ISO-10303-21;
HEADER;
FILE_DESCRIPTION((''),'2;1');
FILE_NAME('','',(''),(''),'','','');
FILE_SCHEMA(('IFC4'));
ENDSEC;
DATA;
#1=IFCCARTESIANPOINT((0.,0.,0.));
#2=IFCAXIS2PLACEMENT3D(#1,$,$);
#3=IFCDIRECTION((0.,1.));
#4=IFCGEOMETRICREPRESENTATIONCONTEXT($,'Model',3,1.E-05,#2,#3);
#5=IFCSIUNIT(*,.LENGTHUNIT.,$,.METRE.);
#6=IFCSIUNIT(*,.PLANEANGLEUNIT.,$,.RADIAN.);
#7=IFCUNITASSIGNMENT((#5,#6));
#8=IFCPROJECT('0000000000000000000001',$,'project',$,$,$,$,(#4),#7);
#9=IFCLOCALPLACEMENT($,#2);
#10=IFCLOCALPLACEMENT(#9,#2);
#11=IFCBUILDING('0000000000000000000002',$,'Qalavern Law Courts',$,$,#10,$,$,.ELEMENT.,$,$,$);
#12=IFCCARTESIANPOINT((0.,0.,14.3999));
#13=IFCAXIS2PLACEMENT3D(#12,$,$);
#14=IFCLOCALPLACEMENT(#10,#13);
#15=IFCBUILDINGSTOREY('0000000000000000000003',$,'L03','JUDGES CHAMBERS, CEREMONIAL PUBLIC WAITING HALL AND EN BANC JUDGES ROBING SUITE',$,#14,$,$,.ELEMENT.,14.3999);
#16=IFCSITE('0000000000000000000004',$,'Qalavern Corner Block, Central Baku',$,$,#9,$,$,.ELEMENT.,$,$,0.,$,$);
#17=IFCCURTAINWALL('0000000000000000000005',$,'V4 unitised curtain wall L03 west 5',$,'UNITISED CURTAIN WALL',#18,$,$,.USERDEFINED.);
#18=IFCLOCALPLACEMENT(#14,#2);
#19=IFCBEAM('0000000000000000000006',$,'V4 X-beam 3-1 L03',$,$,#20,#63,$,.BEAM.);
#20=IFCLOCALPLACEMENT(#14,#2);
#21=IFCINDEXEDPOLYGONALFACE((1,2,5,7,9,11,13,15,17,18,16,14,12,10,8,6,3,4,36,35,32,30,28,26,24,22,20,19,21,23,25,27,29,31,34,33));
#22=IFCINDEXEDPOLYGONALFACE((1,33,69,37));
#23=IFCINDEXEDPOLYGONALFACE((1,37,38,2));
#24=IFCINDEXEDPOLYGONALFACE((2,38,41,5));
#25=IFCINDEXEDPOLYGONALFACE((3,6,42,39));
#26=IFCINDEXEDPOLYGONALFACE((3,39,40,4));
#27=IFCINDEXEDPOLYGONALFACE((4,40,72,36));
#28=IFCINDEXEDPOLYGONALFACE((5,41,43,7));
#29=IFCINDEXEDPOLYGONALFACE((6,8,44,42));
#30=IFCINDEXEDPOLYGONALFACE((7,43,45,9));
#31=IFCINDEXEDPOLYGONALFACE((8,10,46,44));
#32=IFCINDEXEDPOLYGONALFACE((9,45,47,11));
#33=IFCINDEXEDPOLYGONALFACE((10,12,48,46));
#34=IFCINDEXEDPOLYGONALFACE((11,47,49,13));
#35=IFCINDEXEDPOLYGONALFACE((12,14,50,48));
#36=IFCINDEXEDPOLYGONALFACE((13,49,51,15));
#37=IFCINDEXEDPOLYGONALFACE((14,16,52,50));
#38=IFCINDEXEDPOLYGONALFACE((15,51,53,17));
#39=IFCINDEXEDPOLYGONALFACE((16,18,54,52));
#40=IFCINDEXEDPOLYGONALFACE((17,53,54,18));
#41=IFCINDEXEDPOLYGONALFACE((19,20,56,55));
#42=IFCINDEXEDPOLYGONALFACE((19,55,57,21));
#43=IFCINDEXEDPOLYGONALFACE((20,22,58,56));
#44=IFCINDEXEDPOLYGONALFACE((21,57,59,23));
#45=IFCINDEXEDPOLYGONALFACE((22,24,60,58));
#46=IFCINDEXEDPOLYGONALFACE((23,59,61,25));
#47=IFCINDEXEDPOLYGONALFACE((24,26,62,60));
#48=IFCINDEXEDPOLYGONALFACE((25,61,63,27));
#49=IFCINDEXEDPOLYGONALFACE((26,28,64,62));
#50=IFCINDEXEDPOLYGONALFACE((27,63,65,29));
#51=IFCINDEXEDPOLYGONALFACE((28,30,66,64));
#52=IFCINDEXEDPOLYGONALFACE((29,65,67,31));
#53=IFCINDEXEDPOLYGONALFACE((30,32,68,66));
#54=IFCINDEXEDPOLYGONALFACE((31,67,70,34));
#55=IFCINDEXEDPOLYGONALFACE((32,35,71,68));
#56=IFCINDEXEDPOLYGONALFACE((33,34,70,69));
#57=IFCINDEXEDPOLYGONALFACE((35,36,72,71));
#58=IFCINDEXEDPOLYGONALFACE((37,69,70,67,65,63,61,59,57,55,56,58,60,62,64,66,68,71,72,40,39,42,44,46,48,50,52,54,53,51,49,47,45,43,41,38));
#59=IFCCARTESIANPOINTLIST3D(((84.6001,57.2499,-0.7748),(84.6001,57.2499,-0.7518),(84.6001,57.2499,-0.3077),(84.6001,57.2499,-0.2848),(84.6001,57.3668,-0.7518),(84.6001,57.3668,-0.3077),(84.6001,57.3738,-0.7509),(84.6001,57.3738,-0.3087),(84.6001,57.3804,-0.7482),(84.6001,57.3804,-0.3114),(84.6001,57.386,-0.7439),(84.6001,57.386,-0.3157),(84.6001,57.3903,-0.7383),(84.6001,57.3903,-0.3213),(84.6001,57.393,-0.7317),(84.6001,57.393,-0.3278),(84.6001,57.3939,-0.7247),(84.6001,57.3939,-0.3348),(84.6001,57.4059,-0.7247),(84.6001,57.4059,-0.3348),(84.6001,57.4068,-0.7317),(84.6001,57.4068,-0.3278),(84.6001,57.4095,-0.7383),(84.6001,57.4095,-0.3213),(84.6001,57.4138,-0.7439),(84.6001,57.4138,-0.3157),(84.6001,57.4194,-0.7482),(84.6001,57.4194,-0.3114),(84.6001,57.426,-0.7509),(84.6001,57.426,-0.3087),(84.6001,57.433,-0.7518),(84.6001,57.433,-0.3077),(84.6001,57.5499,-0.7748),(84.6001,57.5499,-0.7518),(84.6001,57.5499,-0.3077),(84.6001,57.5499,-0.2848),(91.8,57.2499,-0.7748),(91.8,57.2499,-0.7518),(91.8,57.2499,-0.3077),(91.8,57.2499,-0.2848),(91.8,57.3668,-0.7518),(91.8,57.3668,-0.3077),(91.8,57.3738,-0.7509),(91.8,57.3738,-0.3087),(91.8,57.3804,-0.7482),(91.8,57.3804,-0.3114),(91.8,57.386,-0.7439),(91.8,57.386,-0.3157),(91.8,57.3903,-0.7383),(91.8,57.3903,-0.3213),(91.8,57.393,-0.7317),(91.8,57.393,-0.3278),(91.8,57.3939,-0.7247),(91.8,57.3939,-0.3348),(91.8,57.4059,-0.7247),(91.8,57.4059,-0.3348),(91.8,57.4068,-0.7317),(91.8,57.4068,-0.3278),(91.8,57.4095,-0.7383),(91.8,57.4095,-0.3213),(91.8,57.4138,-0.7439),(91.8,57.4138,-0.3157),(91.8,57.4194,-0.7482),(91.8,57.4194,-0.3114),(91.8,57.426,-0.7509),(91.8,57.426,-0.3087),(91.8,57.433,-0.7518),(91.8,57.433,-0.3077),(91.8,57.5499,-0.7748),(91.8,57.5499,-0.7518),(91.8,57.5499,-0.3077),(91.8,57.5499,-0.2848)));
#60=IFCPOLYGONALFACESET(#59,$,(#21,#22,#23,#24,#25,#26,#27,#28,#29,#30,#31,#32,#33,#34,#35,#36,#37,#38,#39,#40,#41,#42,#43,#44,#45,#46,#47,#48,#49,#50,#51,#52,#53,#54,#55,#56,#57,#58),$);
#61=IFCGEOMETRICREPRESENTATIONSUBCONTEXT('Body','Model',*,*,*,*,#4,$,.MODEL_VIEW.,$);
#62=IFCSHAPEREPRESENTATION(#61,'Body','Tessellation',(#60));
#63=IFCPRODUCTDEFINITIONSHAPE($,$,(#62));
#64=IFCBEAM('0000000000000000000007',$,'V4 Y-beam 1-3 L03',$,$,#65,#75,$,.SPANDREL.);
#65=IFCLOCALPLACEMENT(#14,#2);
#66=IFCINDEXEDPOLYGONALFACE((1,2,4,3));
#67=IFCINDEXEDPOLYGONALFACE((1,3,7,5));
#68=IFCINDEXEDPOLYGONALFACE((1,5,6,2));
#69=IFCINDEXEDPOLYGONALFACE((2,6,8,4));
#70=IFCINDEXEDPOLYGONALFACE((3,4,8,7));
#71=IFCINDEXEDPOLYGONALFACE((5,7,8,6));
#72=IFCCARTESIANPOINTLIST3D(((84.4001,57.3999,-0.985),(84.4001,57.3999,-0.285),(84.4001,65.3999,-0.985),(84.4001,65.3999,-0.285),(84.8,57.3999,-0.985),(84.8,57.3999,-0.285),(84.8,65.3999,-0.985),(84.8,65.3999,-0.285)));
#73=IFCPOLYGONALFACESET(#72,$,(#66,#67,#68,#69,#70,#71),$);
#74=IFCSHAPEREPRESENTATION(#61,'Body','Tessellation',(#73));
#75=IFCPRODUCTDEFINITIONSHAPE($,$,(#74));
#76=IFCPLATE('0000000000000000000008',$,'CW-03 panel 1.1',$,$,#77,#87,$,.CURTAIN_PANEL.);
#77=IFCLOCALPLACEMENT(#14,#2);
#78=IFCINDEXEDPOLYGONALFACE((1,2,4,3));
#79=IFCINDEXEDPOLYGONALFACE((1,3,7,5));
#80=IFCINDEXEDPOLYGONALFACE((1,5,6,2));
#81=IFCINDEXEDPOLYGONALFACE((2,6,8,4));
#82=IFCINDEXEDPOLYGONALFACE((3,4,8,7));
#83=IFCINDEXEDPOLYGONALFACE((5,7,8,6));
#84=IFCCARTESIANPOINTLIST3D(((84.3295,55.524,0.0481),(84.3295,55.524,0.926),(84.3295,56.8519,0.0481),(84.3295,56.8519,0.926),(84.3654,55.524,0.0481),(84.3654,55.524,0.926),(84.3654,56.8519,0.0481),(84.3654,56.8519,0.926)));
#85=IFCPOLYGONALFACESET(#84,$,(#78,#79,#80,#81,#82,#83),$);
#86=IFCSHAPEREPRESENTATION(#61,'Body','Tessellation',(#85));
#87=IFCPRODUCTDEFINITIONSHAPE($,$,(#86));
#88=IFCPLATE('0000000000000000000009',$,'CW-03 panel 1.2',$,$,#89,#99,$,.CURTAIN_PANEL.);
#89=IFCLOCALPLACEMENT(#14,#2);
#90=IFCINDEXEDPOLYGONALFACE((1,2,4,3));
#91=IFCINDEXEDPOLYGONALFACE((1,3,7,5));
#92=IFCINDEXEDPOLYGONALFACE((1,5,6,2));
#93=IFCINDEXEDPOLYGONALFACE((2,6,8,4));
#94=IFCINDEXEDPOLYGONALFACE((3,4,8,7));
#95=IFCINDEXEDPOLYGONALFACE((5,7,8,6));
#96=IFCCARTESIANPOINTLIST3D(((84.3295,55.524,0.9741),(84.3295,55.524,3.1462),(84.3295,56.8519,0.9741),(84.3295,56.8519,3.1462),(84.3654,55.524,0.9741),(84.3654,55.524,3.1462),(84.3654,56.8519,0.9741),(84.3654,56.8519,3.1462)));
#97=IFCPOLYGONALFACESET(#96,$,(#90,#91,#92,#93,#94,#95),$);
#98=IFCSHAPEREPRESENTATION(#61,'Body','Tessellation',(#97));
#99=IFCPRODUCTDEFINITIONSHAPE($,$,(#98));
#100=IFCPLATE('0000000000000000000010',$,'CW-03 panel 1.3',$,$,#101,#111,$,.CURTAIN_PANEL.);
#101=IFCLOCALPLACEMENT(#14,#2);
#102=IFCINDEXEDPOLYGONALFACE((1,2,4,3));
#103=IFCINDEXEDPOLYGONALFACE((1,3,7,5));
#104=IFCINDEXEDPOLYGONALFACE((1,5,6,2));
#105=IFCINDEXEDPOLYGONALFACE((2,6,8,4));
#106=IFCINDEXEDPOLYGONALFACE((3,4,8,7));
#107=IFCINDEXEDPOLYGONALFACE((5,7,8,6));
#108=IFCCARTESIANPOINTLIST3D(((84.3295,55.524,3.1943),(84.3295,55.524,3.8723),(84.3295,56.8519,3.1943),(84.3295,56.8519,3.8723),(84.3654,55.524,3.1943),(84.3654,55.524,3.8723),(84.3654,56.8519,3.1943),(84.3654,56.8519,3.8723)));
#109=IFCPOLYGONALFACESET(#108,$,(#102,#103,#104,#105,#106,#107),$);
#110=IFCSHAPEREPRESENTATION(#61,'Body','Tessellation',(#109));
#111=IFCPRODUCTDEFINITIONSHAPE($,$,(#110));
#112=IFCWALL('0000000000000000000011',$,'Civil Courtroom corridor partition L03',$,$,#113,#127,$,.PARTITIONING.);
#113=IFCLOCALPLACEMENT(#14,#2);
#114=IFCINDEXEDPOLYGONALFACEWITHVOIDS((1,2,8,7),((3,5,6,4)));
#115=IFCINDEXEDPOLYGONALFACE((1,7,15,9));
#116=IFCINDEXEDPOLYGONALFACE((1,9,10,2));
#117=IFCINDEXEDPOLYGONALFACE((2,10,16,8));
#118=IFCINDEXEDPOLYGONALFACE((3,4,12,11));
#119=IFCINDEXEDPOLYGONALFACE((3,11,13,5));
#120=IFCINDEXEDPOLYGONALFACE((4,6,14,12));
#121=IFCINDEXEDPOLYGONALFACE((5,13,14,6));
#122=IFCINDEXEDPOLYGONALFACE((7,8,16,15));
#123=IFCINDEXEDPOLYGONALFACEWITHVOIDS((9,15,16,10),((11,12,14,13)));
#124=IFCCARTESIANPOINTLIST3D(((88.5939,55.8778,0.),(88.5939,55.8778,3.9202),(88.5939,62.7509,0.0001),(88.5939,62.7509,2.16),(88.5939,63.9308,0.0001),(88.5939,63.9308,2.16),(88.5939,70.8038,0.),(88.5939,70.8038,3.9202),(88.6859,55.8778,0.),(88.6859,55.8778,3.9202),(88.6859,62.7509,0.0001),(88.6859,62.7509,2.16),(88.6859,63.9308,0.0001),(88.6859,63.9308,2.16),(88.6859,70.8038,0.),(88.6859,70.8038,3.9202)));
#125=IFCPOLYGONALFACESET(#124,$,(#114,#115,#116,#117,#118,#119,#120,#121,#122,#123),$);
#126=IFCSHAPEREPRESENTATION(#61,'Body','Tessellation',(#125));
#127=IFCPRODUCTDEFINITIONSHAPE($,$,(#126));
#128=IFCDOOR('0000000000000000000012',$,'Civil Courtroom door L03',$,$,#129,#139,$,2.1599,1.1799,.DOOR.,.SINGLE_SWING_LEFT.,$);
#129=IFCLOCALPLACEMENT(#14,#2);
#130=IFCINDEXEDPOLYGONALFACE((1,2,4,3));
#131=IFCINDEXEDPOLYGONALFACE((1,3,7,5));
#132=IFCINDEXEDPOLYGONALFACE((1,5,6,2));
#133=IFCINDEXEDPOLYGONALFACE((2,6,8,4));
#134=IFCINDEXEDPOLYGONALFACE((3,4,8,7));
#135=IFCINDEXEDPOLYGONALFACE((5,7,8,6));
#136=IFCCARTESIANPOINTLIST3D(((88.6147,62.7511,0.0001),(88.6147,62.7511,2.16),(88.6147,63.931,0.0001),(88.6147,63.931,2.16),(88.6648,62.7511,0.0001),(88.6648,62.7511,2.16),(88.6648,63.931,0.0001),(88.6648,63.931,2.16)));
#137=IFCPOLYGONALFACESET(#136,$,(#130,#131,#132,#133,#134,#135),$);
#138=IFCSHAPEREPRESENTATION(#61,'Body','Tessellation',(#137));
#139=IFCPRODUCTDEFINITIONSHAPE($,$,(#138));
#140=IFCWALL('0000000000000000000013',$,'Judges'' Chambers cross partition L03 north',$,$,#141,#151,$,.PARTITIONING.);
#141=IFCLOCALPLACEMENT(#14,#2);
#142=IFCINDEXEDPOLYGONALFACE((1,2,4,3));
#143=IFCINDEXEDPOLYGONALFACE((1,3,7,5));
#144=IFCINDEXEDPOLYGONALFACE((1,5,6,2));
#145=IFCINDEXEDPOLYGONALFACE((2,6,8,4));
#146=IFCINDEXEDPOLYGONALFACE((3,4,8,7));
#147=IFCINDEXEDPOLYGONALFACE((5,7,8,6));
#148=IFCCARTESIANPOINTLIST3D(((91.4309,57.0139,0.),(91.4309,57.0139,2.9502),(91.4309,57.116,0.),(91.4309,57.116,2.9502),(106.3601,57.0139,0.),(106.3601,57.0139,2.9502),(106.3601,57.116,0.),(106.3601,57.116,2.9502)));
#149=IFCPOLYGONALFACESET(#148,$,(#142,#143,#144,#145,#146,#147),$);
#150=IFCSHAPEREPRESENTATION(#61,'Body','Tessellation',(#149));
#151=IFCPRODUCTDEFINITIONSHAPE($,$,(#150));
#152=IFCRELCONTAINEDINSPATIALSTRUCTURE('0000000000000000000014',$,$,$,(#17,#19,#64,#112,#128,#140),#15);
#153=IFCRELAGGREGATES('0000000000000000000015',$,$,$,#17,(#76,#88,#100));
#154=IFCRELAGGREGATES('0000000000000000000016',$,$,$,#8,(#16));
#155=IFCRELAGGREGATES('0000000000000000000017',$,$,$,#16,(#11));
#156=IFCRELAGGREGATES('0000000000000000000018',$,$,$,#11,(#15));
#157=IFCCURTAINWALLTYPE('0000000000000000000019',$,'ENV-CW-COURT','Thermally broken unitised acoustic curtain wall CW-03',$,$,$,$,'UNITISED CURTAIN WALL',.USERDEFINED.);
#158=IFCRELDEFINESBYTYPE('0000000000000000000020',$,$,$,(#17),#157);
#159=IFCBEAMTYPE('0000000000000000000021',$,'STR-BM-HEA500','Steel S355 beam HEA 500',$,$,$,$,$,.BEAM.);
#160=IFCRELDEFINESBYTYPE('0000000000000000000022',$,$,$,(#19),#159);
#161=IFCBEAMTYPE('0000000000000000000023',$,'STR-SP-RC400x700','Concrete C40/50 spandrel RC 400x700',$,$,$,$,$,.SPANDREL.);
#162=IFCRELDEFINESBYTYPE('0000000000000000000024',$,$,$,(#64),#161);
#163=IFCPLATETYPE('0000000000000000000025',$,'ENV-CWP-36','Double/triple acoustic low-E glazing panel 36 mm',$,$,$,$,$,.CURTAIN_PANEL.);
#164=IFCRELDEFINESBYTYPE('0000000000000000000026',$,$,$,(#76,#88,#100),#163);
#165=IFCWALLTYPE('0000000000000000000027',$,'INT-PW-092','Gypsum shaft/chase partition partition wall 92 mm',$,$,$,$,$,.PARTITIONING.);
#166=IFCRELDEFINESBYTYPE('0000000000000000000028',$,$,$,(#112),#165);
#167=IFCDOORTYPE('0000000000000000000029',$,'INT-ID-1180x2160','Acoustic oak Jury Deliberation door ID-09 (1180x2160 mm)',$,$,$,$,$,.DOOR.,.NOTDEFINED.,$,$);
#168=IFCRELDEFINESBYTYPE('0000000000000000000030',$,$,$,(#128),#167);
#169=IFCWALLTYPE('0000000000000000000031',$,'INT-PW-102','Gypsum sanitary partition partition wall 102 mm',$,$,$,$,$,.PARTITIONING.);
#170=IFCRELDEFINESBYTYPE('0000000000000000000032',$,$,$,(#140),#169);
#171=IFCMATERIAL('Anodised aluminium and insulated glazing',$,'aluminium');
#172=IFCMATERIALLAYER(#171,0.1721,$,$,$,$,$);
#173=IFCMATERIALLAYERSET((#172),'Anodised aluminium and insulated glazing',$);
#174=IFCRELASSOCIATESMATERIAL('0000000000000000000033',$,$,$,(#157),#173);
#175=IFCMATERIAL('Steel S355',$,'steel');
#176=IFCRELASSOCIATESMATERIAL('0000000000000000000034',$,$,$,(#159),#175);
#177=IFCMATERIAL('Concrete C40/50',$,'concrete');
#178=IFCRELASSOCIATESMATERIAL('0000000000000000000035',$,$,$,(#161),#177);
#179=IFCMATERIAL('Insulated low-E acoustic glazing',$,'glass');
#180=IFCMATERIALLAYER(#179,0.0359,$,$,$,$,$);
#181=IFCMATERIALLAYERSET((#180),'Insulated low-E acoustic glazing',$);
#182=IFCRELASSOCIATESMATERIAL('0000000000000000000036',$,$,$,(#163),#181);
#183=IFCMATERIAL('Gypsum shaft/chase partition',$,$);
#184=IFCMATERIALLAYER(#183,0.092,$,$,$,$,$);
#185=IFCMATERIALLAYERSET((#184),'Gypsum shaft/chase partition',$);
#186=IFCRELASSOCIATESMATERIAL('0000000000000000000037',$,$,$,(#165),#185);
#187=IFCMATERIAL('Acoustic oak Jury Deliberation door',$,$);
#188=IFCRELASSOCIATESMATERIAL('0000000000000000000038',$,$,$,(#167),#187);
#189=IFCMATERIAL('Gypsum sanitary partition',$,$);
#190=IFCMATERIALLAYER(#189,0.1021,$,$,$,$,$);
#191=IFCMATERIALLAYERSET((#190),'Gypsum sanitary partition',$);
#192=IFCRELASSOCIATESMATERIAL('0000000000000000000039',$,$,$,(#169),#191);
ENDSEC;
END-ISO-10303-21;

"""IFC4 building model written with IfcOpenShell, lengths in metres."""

from ifc_helpers import new_model, si_unit, direction, frame, frame_2d, origin, origin_2d, place, context, subcontext, project, spatial, rectangle, i_section, extrude, material, layer, layer_set, material_profile, profile_set, type_object, element, fill, aggregate, save


model = new_model("IFC4")

# Units and contexts
model_context = context("Model", 3, precision=1e-05, world=origin(), true_north=direction((0.0, 1.0)))
body_context = subcontext(model_context, "Body", "Model", "MODEL_VIEW")
ifc_project = project(units=[si_unit("LENGTHUNIT", "METRE"), si_unit("PLANEANGLEUNIT", "RADIAN")], contexts=[model_context])

# Site, building, storey
site_placement = place(None, origin())
site = spatial("IfcSite", under=ifc_project, at=site_placement, Name="Qalavern Corner Block, Central Baku", CompositionType="ELEMENT", RefElevation=0.0)
building_placement = place(site_placement, origin())
building = spatial("IfcBuilding", under=site, at=building_placement, Name="Qalavern Law Courts", CompositionType="ELEMENT")
storey_placement = place(building_placement, frame((0.0, 0.0, 14.3999)))
storey = spatial("IfcBuildingStorey", under=building, at=storey_placement, Name="L03", Description="JUDGES CHAMBERS, CEREMONIAL PUBLIC WAITING HALL AND EN BANC JUDGES ROBING SUITE", CompositionType="ELEMENT", Elevation=14.3999)

# Curtain wall
ifc_material_1 = material(Name="Anodised aluminium and insulated glazing", Category="aluminium")
ifc_layer_1 = layer(ifc_material_1, 0.1721)
ifc_layer_set_1 = layer_set([ifc_layer_1], Name="Anodised aluminium and insulated glazing")
curtain_wall_type = type_object("IfcCurtainWallType", Name="ENV-CW-COURT", Description="Thermally broken unitised acoustic curtain wall CW-03", ElementType="UNITISED CURTAIN WALL", PredefinedType="USERDEFINED", material=ifc_layer_set_1)
curtain_wall_placement = place(storey_placement, origin())
curtain_wall = element("IfcCurtainWall", 1, at=curtain_wall_placement, inside=storey, type_object=curtain_wall_type, Name="V4 unitised curtain wall L03 west 5", ObjectType="UNITISED CURTAIN WALL", PredefinedType="USERDEFINED")

# Beams
ifc_material_2 = material(Name="Steel S355", Category="steel")
ifc_material_profile_1 = material_profile(ifc_material_2, i_section(OverallWidth=0.3, OverallDepth=0.49, WebThickness=0.012, FlangeThickness=0.0229, FilletRadius=0.0271, at=origin_2d()), Name="HEA 500")
ifc_profile_set_1 = profile_set([ifc_material_profile_1], Name="Steel S355")
beam_type_1 = type_object("IfcBeamType", Name="STR-BM-HEA500", Description="Steel S355 beam HEA 500", PredefinedType="BEAM", material=ifc_profile_set_1)
beam_1_placement = place(storey_placement, frame((84.6001, 57.3999, -0.5298), z_axis=(1.0, 0.0, 0.0), x_axis=(0.0, 1.0, 0.0)))
element("IfcBeam", 2, at=beam_1_placement, inside=storey, type_object=beam_type_1, Name="V4 X-beam 3-1 L03", PredefinedType="BEAM", context=body_context, shape_type="SweptSolid", body=[
    extrude(i_section(OverallWidth=0.3, OverallDepth=0.49, WebThickness=0.012, FlangeThickness=0.0229, FilletRadius=0.0271, at=origin_2d()), origin(), (0.0, 0.0, 1.0), 7.2),
])
ifc_material_3 = material(Name="Concrete C40/50", Category="concrete")
ifc_material_profile_2 = material_profile(ifc_material_3, rectangle(XDim=0.3999, YDim=0.7, at=origin_2d()), Name="RC 400x700")
ifc_profile_set_2 = profile_set([ifc_material_profile_2], Name="Concrete C40/50")
beam_type_2 = type_object("IfcBeamType", Name="STR-SP-RC400x700", Description="Concrete C40/50 spandrel RC 400x700", PredefinedType="SPANDREL", material=ifc_profile_set_2)
beam_2_placement = place(storey_placement, frame((84.6001, 57.3999, -0.635), z_axis=(0.0, 1.0, 0.0), x_axis=(-1.0, 0.0, 0.0)))
element("IfcBeam", 3, at=beam_2_placement, inside=storey, type_object=beam_type_2, Name="V4 Y-beam 1-3 L03", PredefinedType="SPANDREL", context=body_context, shape_type="SweptSolid", body=[
    extrude(rectangle(XDim=0.3999, YDim=0.7, at=origin_2d()), origin(), (0.0, 0.0, 1.0), 8.0),
])

# Plates
ifc_material_4 = material(Name="Insulated low-E acoustic glazing", Category="glass")
ifc_layer_2 = layer(ifc_material_4, 0.0359)
ifc_layer_set_2 = layer_set([ifc_layer_2], Name="Insulated low-E acoustic glazing")
plate_type = type_object("IfcPlateType", Name="ENV-CWP-36", Description="Double/triple acoustic low-E glazing panel 36 mm", PredefinedType="CURTAIN_PANEL", material=ifc_layer_set_2)
plate_1_placement = place(storey_placement, frame((84.3474, 56.188, 0.0481), z_axis=(0.0, 0.0, 1.0), x_axis=(0.0, -1.0, 0.0)))
plate_1 = element("IfcPlate", 4, at=plate_1_placement, type_object=plate_type, Name="CW-03 panel 1.1", PredefinedType="CURTAIN_PANEL", context=body_context, shape_type="SweptSolid", body=[
    extrude(rectangle(XDim=1.3279, YDim=0.0359, at=origin_2d()), origin(), (0.0, 0.0, 1.0), 0.8779),
])
plate_2_placement = place(storey_placement, frame((84.3474, 56.188, 0.9741), z_axis=(0.0, 0.0, 1.0), x_axis=(0.0, -1.0, 0.0)))
plate_2 = element("IfcPlate", 5, at=plate_2_placement, type_object=plate_type, Name="CW-03 panel 1.2", PredefinedType="CURTAIN_PANEL", context=body_context, shape_type="SweptSolid", body=[
    extrude(rectangle(XDim=1.3279, YDim=0.0359, at=origin_2d()), origin(), (0.0, 0.0, 1.0), 2.1721),
])
plate_3_placement = place(storey_placement, frame((84.3474, 56.188, 3.1943), z_axis=(0.0, 0.0, 1.0), x_axis=(0.0, -1.0, 0.0)))
plate_3 = element("IfcPlate", 6, at=plate_3_placement, type_object=plate_type, Name="CW-03 panel 1.3", PredefinedType="CURTAIN_PANEL", context=body_context, shape_type="SweptSolid", body=[
    extrude(rectangle(XDim=1.3279, YDim=0.0359, at=origin_2d()), origin(), (0.0, 0.0, 1.0), 0.678),
])
aggregate(curtain_wall, [plate_1, plate_2, plate_3])

# Wall, opening, door
ifc_material_5 = material(Name="Gypsum shaft/chase partition")
ifc_layer_3 = layer(ifc_material_5, 0.092)
ifc_layer_set_3 = layer_set([ifc_layer_3], Name="Gypsum shaft/chase partition")
wall_type_1 = type_object("IfcWallType", Name="INT-PW-092", Description="Gypsum shaft/chase partition partition wall 92 mm", PredefinedType="PARTITIONING", material=ifc_layer_set_3)
wall_1_placement = place(storey_placement, frame((88.6399, 55.8779, 0.0), z_axis=(0.0, 0.0, 1.0), x_axis=(0.0, 1.0, 0.0)))
wall_1 = element("IfcWall", 7, at=wall_1_placement, inside=storey, type_object=wall_type_1, Name="Civil Courtroom corridor partition L03", PredefinedType="PARTITIONING", context=body_context, shape_type="SweptSolid", body=[
    extrude(rectangle(XDim=14.926, YDim=0.092, at=frame_2d((7.4629, 0.0))), origin(), (0.0, 0.0, 1.0), 3.9202),
])
opening_1_placement = place(wall_1_placement, frame((6.873, 0.0, 0.0)))
opening_1 = element("IfcOpeningElement", 8, at=opening_1_placement, cuts=wall_1, PredefinedType="OPENING", context=body_context, shape_type="SweptSolid", body=[
    extrude(rectangle(XDim=1.1799, YDim=2.1599, at=frame_2d((0.5898, 1.0801))), frame((0.0, 0.061, 0.0), z_axis=(0.0, -1.0, 0.0), x_axis=(1.0, 0.0, 0.0)), (0.0, 0.0, 1.0), 0.1218),
])
ifc_material_6 = material(Name="Acoustic oak Jury Deliberation door")
door_type_1 = type_object("IfcDoorType", Name="INT-ID-1180x2160", Description="Acoustic oak Jury Deliberation door ID-09 (1180x2160 mm)", OperationType="NOTDEFINED", PredefinedType="DOOR", material=ifc_material_6)
door_1_placement = place(opening_1_placement, frame((1.1799, 0.0, 0.0), z_axis=(0.0, 0.0, 1.0), x_axis=(-1.0, 0.0, 0.0)))
door_1 = element("IfcDoor", 9, at=door_1_placement, inside=storey, type_object=door_type_1, Name="Civil Courtroom door L03", OperationType="SINGLE_SWING_LEFT", OverallHeight=2.1599, OverallWidth=1.1799, PredefinedType="DOOR", context=body_context, shape_type="SweptSolid", body=[
    extrude(rectangle(XDim=1.1799, YDim=2.1599, at=frame_2d((0.5898, 1.0801))), frame((0.0, 0.0249, 0.0), z_axis=(0.0, -1.0, 0.0), x_axis=(1.0, 0.0, 0.0)), (0.0, 0.0, 1.0), 0.05),
])
fill(opening_1, door_1)

# Wall
ifc_material_7 = material(Name="Gypsum sanitary partition")
ifc_layer_4 = layer(ifc_material_7, 0.1021)
ifc_layer_set_4 = layer_set([ifc_layer_4], Name="Gypsum sanitary partition")
wall_type_2 = type_object("IfcWallType", Name="INT-PW-102", Description="Gypsum sanitary partition partition wall 102 mm", PredefinedType="PARTITIONING", material=ifc_layer_set_4)
wall_2_placement = place(storey_placement, frame((91.4309, 57.0649, 0.0), z_axis=(0.0, 0.0, 1.0), x_axis=(1.0, 0.0, 0.0)))
element("IfcWall", 10, at=wall_2_placement, inside=storey, type_object=wall_type_2, Name="Judges' Chambers cross partition L03 north", PredefinedType="PARTITIONING", context=body_context, shape_type="SweptSolid", body=[
    extrude(rectangle(XDim=14.9292, YDim=0.1021, at=frame_2d((7.4646, 0.0))), origin(), (0.0, 0.0, 1.0), 2.9502),
])

save(model, "model.ifc")
